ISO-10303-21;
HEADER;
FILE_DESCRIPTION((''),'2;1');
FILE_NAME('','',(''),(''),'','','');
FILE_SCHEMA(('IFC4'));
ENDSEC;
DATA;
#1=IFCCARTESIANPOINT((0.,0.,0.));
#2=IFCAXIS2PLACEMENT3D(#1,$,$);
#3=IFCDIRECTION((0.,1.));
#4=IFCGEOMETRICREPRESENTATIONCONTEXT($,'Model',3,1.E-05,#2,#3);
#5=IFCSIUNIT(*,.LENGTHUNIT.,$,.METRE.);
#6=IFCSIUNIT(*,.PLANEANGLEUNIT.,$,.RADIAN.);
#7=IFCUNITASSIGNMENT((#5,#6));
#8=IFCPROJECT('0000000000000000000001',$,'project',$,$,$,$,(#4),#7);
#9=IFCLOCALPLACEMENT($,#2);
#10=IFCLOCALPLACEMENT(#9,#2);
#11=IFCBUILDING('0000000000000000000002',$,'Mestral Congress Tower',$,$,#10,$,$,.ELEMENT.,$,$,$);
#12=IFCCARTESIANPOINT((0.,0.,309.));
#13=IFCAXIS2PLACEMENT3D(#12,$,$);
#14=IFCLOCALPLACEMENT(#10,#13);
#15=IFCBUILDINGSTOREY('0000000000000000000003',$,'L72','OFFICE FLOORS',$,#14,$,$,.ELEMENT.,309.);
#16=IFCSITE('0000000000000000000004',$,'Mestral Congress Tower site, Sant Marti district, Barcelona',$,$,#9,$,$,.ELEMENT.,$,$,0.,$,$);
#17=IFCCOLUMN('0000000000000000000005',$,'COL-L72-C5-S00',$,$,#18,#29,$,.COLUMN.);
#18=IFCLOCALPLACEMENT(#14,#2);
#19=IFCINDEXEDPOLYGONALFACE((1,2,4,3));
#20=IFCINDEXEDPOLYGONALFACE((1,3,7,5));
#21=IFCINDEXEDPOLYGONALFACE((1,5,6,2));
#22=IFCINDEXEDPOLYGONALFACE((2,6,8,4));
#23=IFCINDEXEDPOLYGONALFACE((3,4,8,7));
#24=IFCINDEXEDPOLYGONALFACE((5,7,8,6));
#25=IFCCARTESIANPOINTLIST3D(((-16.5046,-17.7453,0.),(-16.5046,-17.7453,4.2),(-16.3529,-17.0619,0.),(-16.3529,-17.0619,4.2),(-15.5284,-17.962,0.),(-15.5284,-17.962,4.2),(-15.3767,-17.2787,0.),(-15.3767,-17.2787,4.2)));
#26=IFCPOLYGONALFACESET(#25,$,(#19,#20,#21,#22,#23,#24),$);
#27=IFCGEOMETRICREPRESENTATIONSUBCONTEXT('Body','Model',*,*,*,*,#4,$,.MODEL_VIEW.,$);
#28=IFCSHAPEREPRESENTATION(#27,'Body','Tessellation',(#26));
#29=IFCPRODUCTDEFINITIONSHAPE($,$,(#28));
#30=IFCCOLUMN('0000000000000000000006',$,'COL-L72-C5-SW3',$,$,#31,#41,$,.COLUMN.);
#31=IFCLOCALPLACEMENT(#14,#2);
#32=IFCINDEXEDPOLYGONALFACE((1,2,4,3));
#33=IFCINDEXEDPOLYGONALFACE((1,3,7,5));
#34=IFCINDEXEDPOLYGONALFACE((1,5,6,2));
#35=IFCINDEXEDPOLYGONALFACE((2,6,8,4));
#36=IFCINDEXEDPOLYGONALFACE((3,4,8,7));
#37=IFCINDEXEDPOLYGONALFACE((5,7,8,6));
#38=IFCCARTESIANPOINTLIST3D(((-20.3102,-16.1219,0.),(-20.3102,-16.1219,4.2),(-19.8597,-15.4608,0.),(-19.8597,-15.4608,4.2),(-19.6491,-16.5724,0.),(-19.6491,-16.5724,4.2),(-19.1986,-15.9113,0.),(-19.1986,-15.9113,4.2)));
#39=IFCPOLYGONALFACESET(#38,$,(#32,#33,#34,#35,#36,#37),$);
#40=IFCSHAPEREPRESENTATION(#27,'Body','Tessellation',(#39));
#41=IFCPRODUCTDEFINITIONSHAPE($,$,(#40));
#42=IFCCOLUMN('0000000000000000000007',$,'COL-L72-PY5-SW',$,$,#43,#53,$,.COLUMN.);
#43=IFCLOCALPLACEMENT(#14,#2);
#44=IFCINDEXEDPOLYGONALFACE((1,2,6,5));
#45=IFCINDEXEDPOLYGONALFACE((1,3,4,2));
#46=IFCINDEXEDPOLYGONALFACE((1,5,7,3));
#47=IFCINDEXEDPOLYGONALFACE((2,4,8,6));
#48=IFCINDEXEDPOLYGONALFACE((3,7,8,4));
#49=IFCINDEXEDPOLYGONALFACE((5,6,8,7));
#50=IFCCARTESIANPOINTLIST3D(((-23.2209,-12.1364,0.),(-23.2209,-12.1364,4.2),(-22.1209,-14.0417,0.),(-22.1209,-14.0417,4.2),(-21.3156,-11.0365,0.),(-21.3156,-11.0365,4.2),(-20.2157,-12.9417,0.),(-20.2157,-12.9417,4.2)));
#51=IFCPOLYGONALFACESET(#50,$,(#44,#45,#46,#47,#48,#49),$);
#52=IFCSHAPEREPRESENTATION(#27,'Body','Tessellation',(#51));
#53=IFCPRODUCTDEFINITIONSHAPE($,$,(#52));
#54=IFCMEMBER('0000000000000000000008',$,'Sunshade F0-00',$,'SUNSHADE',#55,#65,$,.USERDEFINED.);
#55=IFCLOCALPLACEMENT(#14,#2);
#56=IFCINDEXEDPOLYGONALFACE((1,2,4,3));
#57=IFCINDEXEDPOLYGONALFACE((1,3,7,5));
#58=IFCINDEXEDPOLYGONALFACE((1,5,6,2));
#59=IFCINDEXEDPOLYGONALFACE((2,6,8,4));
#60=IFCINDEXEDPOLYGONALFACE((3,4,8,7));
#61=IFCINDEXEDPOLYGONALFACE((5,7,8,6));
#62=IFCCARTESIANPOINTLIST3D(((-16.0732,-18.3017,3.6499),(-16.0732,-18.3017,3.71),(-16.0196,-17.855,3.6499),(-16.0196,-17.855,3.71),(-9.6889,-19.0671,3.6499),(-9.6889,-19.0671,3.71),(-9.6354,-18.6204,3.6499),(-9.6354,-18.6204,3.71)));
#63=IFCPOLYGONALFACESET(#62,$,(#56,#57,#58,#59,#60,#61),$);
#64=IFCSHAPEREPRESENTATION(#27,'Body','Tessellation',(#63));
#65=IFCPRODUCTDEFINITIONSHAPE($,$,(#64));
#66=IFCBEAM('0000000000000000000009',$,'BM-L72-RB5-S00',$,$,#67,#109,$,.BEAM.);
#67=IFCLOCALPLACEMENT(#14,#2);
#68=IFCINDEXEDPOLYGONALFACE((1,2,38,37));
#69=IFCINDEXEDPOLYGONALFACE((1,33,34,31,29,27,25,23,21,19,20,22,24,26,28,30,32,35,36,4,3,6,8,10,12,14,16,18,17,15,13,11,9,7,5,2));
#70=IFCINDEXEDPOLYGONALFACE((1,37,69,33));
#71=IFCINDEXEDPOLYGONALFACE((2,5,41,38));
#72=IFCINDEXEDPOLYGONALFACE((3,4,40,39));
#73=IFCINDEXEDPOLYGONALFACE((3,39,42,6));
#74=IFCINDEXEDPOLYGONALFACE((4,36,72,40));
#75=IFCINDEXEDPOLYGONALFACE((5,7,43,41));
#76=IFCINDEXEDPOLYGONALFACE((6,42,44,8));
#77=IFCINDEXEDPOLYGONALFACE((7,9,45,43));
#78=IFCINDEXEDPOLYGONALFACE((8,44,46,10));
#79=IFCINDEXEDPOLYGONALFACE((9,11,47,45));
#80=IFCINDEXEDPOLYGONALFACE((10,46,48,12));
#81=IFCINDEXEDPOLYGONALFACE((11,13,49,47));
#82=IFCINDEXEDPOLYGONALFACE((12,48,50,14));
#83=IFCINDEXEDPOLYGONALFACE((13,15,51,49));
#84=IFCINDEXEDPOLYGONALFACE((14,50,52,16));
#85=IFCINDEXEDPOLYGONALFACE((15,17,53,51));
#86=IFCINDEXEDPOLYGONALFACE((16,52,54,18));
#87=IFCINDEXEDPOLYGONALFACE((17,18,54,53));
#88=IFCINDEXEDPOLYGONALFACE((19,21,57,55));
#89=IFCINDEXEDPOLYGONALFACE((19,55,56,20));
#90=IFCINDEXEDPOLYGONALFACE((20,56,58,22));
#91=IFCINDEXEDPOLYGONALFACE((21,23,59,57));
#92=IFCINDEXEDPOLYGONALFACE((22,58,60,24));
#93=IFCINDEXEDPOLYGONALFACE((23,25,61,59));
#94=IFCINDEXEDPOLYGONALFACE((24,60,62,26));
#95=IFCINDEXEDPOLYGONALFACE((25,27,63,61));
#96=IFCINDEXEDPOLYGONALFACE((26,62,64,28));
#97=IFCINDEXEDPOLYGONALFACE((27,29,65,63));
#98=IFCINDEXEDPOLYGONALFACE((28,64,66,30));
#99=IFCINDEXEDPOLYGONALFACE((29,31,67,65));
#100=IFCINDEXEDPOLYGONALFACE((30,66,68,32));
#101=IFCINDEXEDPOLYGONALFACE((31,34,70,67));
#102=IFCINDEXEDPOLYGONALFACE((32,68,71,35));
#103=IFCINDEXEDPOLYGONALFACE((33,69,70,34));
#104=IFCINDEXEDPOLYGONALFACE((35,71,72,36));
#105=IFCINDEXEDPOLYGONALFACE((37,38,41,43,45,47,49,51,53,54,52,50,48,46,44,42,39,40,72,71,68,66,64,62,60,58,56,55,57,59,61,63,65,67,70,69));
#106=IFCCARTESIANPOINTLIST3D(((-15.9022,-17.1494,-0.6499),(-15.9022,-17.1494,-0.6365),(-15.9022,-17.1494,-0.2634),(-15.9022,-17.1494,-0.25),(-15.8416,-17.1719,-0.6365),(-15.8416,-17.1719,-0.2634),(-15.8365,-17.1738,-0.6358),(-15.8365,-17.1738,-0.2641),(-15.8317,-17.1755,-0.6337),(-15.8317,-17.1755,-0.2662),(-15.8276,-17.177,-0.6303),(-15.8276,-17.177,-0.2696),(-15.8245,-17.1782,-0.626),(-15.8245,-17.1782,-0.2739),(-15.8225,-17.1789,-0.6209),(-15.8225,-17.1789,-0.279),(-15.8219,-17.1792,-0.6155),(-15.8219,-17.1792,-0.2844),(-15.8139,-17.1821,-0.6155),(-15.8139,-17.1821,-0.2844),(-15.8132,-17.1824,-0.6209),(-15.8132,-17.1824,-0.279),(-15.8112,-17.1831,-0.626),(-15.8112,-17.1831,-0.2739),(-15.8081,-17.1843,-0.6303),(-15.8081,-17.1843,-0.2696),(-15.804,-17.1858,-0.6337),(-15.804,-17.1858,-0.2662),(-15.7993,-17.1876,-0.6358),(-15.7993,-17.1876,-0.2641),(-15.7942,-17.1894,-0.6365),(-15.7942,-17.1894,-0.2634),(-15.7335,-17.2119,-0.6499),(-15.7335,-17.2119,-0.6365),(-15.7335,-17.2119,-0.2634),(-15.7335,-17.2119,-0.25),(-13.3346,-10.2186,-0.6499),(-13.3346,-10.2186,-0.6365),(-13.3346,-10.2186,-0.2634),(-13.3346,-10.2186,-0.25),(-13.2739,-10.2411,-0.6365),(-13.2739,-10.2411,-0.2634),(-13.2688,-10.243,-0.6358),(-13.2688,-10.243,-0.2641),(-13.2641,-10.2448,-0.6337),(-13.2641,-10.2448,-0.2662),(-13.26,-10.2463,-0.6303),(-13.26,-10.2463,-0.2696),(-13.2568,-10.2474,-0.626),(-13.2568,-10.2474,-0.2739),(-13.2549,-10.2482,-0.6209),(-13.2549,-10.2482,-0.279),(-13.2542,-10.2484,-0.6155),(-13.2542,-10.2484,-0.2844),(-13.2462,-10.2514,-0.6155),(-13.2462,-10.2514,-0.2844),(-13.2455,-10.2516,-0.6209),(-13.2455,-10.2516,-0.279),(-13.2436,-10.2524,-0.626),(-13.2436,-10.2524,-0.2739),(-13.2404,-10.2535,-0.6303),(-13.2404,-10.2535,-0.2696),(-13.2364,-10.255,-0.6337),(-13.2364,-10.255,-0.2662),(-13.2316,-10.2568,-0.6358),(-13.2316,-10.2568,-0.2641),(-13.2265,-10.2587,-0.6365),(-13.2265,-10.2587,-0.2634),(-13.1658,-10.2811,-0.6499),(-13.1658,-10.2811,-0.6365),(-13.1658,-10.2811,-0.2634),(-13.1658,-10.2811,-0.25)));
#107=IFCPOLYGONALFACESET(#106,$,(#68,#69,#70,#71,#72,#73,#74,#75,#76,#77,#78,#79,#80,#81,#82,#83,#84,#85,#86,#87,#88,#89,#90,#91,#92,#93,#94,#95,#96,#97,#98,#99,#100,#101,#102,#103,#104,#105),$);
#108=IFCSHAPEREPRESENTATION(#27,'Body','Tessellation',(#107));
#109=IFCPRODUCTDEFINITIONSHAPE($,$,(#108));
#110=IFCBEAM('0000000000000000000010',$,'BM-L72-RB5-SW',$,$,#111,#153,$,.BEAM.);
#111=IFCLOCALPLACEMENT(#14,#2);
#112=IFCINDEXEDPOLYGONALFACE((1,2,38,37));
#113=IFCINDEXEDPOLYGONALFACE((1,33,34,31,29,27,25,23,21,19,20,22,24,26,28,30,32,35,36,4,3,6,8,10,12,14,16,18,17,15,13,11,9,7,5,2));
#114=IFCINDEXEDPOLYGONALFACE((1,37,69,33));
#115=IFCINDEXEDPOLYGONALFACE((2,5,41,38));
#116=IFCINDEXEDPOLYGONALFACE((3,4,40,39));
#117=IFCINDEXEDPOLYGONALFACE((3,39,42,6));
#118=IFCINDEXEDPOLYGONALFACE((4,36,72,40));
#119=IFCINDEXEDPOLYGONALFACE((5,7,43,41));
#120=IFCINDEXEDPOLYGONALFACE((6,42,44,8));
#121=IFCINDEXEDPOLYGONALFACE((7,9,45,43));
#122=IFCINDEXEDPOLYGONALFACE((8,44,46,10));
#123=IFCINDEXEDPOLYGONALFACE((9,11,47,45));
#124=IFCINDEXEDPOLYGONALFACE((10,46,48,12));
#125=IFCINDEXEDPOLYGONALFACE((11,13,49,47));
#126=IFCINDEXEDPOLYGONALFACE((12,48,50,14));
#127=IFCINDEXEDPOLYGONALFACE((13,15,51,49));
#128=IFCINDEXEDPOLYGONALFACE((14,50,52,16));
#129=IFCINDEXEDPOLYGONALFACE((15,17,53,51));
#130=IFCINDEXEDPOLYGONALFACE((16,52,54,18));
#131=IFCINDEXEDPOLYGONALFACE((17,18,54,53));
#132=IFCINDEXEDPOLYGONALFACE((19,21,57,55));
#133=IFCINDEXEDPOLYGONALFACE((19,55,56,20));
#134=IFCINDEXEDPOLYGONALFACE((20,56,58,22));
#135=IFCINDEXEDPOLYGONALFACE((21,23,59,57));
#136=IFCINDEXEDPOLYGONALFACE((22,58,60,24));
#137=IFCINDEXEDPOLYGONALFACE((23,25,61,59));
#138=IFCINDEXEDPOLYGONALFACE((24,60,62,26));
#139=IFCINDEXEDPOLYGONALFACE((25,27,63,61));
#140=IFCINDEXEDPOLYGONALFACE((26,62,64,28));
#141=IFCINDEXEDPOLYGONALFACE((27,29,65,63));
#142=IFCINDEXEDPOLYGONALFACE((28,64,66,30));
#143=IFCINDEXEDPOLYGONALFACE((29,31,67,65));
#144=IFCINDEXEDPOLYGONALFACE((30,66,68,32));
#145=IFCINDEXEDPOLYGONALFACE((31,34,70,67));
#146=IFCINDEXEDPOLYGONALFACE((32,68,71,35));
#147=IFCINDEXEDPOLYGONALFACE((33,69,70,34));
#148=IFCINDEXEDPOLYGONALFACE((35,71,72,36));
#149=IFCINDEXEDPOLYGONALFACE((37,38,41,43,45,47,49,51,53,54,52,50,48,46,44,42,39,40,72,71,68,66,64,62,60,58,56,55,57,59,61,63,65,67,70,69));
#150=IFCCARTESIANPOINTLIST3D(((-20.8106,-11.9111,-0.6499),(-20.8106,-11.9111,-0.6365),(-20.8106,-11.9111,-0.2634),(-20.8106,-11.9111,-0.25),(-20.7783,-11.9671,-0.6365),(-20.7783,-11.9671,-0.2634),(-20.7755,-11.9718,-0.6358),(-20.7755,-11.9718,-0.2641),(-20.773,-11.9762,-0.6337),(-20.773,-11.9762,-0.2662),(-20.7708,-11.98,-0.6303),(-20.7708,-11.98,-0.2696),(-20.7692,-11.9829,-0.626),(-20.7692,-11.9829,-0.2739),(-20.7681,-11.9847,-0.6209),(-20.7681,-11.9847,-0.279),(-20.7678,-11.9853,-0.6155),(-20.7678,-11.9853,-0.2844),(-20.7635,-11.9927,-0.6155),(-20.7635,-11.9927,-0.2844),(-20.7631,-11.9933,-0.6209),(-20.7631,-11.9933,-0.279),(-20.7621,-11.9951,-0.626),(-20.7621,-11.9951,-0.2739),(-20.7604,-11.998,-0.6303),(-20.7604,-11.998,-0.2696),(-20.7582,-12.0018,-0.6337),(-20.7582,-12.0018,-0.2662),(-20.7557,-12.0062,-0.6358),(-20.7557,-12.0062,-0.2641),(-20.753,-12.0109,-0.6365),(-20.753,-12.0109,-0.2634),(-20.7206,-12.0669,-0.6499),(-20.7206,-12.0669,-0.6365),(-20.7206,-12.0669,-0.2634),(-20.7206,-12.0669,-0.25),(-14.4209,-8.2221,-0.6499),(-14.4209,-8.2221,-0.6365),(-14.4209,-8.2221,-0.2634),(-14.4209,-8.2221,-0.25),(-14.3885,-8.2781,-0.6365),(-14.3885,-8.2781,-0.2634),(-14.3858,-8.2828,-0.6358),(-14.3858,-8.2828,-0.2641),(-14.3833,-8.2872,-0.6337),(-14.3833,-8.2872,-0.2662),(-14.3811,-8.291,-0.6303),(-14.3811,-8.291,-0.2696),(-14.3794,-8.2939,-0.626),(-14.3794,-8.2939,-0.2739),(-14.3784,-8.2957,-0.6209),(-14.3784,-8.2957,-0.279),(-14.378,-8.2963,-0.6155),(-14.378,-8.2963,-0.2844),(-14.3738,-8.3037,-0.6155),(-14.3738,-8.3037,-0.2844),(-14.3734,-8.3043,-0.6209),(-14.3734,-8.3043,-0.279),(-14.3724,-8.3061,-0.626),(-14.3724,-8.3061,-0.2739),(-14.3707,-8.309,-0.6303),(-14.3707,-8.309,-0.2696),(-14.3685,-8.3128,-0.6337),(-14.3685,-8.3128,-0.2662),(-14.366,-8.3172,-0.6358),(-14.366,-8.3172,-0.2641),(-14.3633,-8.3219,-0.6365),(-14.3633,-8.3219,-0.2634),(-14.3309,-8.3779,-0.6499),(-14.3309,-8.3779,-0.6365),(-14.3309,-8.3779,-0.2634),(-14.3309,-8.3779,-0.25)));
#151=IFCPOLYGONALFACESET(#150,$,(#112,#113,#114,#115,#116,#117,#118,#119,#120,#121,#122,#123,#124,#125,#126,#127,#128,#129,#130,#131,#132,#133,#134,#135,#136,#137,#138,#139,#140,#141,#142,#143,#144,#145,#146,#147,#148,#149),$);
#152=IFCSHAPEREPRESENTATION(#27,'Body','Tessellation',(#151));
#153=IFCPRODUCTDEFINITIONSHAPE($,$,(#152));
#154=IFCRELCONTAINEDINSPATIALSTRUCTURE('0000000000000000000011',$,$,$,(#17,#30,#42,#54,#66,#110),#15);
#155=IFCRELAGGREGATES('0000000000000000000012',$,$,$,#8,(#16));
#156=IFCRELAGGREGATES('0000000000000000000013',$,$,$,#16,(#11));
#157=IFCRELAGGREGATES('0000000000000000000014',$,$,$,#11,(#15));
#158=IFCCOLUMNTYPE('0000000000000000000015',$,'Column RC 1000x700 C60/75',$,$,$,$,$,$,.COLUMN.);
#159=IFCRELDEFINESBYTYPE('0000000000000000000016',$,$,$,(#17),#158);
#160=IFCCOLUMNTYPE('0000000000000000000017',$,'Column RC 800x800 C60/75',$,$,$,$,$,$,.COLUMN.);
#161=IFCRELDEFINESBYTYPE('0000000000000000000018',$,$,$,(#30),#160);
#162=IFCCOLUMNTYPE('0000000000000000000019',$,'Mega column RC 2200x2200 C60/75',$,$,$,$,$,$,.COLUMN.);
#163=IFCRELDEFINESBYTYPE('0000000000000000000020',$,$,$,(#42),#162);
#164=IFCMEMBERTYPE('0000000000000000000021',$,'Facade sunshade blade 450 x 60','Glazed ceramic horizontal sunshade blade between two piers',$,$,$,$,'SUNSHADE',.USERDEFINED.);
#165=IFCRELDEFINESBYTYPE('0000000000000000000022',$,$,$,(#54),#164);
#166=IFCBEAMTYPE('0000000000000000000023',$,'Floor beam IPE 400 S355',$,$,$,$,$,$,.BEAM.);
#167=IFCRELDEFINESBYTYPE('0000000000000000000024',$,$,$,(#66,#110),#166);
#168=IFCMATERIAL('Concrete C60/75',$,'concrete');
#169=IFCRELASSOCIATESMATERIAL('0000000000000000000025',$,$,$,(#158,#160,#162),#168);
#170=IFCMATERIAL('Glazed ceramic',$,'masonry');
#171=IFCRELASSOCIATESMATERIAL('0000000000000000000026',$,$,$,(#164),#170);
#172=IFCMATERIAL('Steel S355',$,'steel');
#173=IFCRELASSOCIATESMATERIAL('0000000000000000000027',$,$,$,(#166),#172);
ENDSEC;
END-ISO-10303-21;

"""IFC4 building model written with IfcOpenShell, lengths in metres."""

from ifc_helpers import new_model, si_unit, direction, frame, origin, origin_2d, place, context, subcontext, project, spatial, rectangle, i_section, extrude, material, material_profile, profile_set, type_object, element, save


model = new_model("IFC4")

# Units and contexts
model_context = context("Model", 3, precision=1e-05, world=origin(), true_north=direction((0.0, 1.0)))
body_context = subcontext(model_context, "Body", "Model", "MODEL_VIEW")
ifc_project = project(units=[si_unit("LENGTHUNIT", "METRE"), si_unit("PLANEANGLEUNIT", "RADIAN")], contexts=[model_context])

# Site, building, storey
site_placement = place(None, origin())
site = spatial("IfcSite", under=ifc_project, at=site_placement, Name="Mestral Congress Tower site, Sant Marti district, Barcelona", CompositionType="ELEMENT", RefElevation=0.0)
building_placement = place(site_placement, origin())
building = spatial("IfcBuilding", under=site, at=building_placement, Name="Mestral Congress Tower", CompositionType="ELEMENT")
storey_placement = place(building_placement, frame((0.0, 0.0, 309.0)))
storey = spatial("IfcBuildingStorey", under=building, at=storey_placement, Name="L72", Description="OFFICE FLOORS", CompositionType="ELEMENT", Elevation=309.0)

# Columns
ifc_material_1 = material(Name="Concrete C60/75", Category="concrete")
ifc_material_profile_1 = material_profile(ifc_material_1, rectangle(XDim=1.0, YDim=0.7, at=origin_2d()), Name="RC 1000x700")
ifc_profile_set_1 = profile_set([ifc_material_profile_1], Name="Concrete C60/75")
column_type_1 = type_object("IfcColumnType", Name="Column RC 1000x700 C60/75", PredefinedType="COLUMN", material=ifc_profile_set_1)
column_1_placement = place(storey_placement, frame((-15.9407, -17.512, 0.0), z_axis=(0.0, 0.0, 1.0), x_axis=(0.976234, -0.216721, 0.0)))
element("IfcColumn", 1, at=column_1_placement, inside=storey, type_object=column_type_1, Name="COL-L72-C5-S00", PredefinedType="COLUMN", context=body_context, shape_type="SweptSolid", body=[
    extrude(rectangle(XDim=1.0, YDim=0.7, at=origin_2d()), origin(), (0.0, 0.0, 1.0), 4.2),
])
ifc_material_profile_2 = material_profile(ifc_material_1, rectangle(XDim=0.8, YDim=0.8, at=origin_2d()), Name="RC 800x800")
ifc_profile_set_2 = profile_set([ifc_material_profile_2], Name="Concrete C60/75")
column_type_2 = type_object("IfcColumnType", Name="Column RC 800x800 C60/75", PredefinedType="COLUMN", material=ifc_profile_set_2)
column_2_placement = place(storey_placement, frame((-19.7544, -16.0166, 0.0), z_axis=(0.0, 0.0, 1.0), x_axis=(0.826363, -0.563138, 0.0)))
element("IfcColumn", 2, at=column_2_placement, inside=storey, type_object=column_type_2, Name="COL-L72-C5-SW3", PredefinedType="COLUMN", context=body_context, shape_type="SweptSolid", body=[
    extrude(rectangle(XDim=0.8, YDim=0.8, at=origin_2d()), origin(), (0.0, 0.0, 1.0), 4.2),
])
ifc_material_profile_3 = material_profile(ifc_material_1, rectangle(XDim=2.2, YDim=2.2, at=origin_2d()), Name="RC 2200x2200")
ifc_profile_set_3 = profile_set([ifc_material_profile_3], Name="Concrete C60/75")
column_type_3 = type_object("IfcColumnType", Name="Mega column RC 2200x2200 C60/75", PredefinedType="COLUMN", material=ifc_profile_set_3)
column_3_placement = place(storey_placement, frame((-21.7183, -12.5391, 0.0), z_axis=(0.0, 0.0, 1.0), x_axis=(-0.866025, -0.5, 0.0)))
element("IfcColumn", 3, at=column_3_placement, inside=storey, type_object=column_type_3, Name="COL-L72-PY5-SW", PredefinedType="COLUMN", context=body_context, shape_type="SweptSolid", body=[
    extrude(rectangle(XDim=2.2, YDim=2.2, at=origin_2d()), origin(), (0.0, 0.0, 1.0), 4.2),
])

# Member
ifc_material_2 = material(Name="Glazed ceramic", Category="masonry")
ifc_material_profile_4 = material_profile(ifc_material_2, rectangle(XDim=0.45, YDim=0.0601, at=origin_2d()), Name="Ceramic blade 450 x 60")
ifc_profile_set_4 = profile_set([ifc_material_profile_4], Name="Glazed ceramic")
member_type = type_object("IfcMemberType", Name="Facade sunshade blade 450 x 60", Description="Glazed ceramic horizontal sunshade blade between two piers", ElementType="SUNSHADE", PredefinedType="USERDEFINED", material=ifc_profile_set_4)
member_placement = place(storey_placement, frame((-16.0464, -18.0784, 3.6799), z_axis=(0.99289, -0.119033, 0.0), x_axis=(0.119033, 0.99289, 0.0)))
element("IfcMember", 4, at=member_placement, inside=storey, type_object=member_type, Name="Sunshade F0-00", ObjectType="SUNSHADE", PredefinedType="USERDEFINED", context=body_context, shape_type="SweptSolid", body=[
    extrude(rectangle(XDim=0.45, YDim=0.0601, at=origin_2d()), origin(), (0.0, 0.0, 1.0), 6.4299),
])

# Beams
ifc_material_3 = material(Name="Steel S355", Category="steel")
ifc_material_profile_5 = material_profile(ifc_material_3, i_section(OverallWidth=0.1799, OverallDepth=0.3999, WebThickness=0.0085, FlangeThickness=0.0134, FilletRadius=0.021, at=origin_2d()), Name="IPE 400")
ifc_profile_set_5 = profile_set([ifc_material_profile_5], Name="Steel S355")
beam_type_1 = type_object("IfcBeamType", Name="Floor beam IPE 400 S355", PredefinedType="BEAM", material=ifc_profile_set_5)
beam_1_placement = place(storey_placement, frame((-15.8179, -17.1807, -0.45), z_axis=(0.347399, 0.937717, 0.0), x_axis=(-0.937717, 0.347399, 0.0)))
element("IfcBeam", 5, at=beam_1_placement, inside=storey, type_object=beam_type_1, Name="BM-L72-RB5-S00", PredefinedType="BEAM", context=body_context, shape_type="SweptSolid", body=[
    extrude(i_section(OverallWidth=0.1799, OverallDepth=0.3999, WebThickness=0.0085, FlangeThickness=0.0134, FilletRadius=0.021, at=origin_2d()), origin(), (0.0, 0.0, 1.0), 7.3911),
])
beam_2_placement = place(storey_placement, frame((-20.7656, -11.989, -0.45), z_axis=(0.866031, 0.49999, 0.0), x_axis=(-0.49999, 0.866031, 0.0)))
element("IfcBeam", 6, at=beam_2_placement, inside=storey, type_object=beam_type_1, Name="BM-L72-RB5-SW", PredefinedType="BEAM", context=body_context, shape_type="SweptSolid", body=[
    extrude(i_section(OverallWidth=0.1799, OverallDepth=0.3999, WebThickness=0.0085, FlangeThickness=0.0134, FilletRadius=0.021, at=origin_2d()), origin(), (0.0, 0.0, 1.0), 7.3782),
])

save(model, "model.ifc")
